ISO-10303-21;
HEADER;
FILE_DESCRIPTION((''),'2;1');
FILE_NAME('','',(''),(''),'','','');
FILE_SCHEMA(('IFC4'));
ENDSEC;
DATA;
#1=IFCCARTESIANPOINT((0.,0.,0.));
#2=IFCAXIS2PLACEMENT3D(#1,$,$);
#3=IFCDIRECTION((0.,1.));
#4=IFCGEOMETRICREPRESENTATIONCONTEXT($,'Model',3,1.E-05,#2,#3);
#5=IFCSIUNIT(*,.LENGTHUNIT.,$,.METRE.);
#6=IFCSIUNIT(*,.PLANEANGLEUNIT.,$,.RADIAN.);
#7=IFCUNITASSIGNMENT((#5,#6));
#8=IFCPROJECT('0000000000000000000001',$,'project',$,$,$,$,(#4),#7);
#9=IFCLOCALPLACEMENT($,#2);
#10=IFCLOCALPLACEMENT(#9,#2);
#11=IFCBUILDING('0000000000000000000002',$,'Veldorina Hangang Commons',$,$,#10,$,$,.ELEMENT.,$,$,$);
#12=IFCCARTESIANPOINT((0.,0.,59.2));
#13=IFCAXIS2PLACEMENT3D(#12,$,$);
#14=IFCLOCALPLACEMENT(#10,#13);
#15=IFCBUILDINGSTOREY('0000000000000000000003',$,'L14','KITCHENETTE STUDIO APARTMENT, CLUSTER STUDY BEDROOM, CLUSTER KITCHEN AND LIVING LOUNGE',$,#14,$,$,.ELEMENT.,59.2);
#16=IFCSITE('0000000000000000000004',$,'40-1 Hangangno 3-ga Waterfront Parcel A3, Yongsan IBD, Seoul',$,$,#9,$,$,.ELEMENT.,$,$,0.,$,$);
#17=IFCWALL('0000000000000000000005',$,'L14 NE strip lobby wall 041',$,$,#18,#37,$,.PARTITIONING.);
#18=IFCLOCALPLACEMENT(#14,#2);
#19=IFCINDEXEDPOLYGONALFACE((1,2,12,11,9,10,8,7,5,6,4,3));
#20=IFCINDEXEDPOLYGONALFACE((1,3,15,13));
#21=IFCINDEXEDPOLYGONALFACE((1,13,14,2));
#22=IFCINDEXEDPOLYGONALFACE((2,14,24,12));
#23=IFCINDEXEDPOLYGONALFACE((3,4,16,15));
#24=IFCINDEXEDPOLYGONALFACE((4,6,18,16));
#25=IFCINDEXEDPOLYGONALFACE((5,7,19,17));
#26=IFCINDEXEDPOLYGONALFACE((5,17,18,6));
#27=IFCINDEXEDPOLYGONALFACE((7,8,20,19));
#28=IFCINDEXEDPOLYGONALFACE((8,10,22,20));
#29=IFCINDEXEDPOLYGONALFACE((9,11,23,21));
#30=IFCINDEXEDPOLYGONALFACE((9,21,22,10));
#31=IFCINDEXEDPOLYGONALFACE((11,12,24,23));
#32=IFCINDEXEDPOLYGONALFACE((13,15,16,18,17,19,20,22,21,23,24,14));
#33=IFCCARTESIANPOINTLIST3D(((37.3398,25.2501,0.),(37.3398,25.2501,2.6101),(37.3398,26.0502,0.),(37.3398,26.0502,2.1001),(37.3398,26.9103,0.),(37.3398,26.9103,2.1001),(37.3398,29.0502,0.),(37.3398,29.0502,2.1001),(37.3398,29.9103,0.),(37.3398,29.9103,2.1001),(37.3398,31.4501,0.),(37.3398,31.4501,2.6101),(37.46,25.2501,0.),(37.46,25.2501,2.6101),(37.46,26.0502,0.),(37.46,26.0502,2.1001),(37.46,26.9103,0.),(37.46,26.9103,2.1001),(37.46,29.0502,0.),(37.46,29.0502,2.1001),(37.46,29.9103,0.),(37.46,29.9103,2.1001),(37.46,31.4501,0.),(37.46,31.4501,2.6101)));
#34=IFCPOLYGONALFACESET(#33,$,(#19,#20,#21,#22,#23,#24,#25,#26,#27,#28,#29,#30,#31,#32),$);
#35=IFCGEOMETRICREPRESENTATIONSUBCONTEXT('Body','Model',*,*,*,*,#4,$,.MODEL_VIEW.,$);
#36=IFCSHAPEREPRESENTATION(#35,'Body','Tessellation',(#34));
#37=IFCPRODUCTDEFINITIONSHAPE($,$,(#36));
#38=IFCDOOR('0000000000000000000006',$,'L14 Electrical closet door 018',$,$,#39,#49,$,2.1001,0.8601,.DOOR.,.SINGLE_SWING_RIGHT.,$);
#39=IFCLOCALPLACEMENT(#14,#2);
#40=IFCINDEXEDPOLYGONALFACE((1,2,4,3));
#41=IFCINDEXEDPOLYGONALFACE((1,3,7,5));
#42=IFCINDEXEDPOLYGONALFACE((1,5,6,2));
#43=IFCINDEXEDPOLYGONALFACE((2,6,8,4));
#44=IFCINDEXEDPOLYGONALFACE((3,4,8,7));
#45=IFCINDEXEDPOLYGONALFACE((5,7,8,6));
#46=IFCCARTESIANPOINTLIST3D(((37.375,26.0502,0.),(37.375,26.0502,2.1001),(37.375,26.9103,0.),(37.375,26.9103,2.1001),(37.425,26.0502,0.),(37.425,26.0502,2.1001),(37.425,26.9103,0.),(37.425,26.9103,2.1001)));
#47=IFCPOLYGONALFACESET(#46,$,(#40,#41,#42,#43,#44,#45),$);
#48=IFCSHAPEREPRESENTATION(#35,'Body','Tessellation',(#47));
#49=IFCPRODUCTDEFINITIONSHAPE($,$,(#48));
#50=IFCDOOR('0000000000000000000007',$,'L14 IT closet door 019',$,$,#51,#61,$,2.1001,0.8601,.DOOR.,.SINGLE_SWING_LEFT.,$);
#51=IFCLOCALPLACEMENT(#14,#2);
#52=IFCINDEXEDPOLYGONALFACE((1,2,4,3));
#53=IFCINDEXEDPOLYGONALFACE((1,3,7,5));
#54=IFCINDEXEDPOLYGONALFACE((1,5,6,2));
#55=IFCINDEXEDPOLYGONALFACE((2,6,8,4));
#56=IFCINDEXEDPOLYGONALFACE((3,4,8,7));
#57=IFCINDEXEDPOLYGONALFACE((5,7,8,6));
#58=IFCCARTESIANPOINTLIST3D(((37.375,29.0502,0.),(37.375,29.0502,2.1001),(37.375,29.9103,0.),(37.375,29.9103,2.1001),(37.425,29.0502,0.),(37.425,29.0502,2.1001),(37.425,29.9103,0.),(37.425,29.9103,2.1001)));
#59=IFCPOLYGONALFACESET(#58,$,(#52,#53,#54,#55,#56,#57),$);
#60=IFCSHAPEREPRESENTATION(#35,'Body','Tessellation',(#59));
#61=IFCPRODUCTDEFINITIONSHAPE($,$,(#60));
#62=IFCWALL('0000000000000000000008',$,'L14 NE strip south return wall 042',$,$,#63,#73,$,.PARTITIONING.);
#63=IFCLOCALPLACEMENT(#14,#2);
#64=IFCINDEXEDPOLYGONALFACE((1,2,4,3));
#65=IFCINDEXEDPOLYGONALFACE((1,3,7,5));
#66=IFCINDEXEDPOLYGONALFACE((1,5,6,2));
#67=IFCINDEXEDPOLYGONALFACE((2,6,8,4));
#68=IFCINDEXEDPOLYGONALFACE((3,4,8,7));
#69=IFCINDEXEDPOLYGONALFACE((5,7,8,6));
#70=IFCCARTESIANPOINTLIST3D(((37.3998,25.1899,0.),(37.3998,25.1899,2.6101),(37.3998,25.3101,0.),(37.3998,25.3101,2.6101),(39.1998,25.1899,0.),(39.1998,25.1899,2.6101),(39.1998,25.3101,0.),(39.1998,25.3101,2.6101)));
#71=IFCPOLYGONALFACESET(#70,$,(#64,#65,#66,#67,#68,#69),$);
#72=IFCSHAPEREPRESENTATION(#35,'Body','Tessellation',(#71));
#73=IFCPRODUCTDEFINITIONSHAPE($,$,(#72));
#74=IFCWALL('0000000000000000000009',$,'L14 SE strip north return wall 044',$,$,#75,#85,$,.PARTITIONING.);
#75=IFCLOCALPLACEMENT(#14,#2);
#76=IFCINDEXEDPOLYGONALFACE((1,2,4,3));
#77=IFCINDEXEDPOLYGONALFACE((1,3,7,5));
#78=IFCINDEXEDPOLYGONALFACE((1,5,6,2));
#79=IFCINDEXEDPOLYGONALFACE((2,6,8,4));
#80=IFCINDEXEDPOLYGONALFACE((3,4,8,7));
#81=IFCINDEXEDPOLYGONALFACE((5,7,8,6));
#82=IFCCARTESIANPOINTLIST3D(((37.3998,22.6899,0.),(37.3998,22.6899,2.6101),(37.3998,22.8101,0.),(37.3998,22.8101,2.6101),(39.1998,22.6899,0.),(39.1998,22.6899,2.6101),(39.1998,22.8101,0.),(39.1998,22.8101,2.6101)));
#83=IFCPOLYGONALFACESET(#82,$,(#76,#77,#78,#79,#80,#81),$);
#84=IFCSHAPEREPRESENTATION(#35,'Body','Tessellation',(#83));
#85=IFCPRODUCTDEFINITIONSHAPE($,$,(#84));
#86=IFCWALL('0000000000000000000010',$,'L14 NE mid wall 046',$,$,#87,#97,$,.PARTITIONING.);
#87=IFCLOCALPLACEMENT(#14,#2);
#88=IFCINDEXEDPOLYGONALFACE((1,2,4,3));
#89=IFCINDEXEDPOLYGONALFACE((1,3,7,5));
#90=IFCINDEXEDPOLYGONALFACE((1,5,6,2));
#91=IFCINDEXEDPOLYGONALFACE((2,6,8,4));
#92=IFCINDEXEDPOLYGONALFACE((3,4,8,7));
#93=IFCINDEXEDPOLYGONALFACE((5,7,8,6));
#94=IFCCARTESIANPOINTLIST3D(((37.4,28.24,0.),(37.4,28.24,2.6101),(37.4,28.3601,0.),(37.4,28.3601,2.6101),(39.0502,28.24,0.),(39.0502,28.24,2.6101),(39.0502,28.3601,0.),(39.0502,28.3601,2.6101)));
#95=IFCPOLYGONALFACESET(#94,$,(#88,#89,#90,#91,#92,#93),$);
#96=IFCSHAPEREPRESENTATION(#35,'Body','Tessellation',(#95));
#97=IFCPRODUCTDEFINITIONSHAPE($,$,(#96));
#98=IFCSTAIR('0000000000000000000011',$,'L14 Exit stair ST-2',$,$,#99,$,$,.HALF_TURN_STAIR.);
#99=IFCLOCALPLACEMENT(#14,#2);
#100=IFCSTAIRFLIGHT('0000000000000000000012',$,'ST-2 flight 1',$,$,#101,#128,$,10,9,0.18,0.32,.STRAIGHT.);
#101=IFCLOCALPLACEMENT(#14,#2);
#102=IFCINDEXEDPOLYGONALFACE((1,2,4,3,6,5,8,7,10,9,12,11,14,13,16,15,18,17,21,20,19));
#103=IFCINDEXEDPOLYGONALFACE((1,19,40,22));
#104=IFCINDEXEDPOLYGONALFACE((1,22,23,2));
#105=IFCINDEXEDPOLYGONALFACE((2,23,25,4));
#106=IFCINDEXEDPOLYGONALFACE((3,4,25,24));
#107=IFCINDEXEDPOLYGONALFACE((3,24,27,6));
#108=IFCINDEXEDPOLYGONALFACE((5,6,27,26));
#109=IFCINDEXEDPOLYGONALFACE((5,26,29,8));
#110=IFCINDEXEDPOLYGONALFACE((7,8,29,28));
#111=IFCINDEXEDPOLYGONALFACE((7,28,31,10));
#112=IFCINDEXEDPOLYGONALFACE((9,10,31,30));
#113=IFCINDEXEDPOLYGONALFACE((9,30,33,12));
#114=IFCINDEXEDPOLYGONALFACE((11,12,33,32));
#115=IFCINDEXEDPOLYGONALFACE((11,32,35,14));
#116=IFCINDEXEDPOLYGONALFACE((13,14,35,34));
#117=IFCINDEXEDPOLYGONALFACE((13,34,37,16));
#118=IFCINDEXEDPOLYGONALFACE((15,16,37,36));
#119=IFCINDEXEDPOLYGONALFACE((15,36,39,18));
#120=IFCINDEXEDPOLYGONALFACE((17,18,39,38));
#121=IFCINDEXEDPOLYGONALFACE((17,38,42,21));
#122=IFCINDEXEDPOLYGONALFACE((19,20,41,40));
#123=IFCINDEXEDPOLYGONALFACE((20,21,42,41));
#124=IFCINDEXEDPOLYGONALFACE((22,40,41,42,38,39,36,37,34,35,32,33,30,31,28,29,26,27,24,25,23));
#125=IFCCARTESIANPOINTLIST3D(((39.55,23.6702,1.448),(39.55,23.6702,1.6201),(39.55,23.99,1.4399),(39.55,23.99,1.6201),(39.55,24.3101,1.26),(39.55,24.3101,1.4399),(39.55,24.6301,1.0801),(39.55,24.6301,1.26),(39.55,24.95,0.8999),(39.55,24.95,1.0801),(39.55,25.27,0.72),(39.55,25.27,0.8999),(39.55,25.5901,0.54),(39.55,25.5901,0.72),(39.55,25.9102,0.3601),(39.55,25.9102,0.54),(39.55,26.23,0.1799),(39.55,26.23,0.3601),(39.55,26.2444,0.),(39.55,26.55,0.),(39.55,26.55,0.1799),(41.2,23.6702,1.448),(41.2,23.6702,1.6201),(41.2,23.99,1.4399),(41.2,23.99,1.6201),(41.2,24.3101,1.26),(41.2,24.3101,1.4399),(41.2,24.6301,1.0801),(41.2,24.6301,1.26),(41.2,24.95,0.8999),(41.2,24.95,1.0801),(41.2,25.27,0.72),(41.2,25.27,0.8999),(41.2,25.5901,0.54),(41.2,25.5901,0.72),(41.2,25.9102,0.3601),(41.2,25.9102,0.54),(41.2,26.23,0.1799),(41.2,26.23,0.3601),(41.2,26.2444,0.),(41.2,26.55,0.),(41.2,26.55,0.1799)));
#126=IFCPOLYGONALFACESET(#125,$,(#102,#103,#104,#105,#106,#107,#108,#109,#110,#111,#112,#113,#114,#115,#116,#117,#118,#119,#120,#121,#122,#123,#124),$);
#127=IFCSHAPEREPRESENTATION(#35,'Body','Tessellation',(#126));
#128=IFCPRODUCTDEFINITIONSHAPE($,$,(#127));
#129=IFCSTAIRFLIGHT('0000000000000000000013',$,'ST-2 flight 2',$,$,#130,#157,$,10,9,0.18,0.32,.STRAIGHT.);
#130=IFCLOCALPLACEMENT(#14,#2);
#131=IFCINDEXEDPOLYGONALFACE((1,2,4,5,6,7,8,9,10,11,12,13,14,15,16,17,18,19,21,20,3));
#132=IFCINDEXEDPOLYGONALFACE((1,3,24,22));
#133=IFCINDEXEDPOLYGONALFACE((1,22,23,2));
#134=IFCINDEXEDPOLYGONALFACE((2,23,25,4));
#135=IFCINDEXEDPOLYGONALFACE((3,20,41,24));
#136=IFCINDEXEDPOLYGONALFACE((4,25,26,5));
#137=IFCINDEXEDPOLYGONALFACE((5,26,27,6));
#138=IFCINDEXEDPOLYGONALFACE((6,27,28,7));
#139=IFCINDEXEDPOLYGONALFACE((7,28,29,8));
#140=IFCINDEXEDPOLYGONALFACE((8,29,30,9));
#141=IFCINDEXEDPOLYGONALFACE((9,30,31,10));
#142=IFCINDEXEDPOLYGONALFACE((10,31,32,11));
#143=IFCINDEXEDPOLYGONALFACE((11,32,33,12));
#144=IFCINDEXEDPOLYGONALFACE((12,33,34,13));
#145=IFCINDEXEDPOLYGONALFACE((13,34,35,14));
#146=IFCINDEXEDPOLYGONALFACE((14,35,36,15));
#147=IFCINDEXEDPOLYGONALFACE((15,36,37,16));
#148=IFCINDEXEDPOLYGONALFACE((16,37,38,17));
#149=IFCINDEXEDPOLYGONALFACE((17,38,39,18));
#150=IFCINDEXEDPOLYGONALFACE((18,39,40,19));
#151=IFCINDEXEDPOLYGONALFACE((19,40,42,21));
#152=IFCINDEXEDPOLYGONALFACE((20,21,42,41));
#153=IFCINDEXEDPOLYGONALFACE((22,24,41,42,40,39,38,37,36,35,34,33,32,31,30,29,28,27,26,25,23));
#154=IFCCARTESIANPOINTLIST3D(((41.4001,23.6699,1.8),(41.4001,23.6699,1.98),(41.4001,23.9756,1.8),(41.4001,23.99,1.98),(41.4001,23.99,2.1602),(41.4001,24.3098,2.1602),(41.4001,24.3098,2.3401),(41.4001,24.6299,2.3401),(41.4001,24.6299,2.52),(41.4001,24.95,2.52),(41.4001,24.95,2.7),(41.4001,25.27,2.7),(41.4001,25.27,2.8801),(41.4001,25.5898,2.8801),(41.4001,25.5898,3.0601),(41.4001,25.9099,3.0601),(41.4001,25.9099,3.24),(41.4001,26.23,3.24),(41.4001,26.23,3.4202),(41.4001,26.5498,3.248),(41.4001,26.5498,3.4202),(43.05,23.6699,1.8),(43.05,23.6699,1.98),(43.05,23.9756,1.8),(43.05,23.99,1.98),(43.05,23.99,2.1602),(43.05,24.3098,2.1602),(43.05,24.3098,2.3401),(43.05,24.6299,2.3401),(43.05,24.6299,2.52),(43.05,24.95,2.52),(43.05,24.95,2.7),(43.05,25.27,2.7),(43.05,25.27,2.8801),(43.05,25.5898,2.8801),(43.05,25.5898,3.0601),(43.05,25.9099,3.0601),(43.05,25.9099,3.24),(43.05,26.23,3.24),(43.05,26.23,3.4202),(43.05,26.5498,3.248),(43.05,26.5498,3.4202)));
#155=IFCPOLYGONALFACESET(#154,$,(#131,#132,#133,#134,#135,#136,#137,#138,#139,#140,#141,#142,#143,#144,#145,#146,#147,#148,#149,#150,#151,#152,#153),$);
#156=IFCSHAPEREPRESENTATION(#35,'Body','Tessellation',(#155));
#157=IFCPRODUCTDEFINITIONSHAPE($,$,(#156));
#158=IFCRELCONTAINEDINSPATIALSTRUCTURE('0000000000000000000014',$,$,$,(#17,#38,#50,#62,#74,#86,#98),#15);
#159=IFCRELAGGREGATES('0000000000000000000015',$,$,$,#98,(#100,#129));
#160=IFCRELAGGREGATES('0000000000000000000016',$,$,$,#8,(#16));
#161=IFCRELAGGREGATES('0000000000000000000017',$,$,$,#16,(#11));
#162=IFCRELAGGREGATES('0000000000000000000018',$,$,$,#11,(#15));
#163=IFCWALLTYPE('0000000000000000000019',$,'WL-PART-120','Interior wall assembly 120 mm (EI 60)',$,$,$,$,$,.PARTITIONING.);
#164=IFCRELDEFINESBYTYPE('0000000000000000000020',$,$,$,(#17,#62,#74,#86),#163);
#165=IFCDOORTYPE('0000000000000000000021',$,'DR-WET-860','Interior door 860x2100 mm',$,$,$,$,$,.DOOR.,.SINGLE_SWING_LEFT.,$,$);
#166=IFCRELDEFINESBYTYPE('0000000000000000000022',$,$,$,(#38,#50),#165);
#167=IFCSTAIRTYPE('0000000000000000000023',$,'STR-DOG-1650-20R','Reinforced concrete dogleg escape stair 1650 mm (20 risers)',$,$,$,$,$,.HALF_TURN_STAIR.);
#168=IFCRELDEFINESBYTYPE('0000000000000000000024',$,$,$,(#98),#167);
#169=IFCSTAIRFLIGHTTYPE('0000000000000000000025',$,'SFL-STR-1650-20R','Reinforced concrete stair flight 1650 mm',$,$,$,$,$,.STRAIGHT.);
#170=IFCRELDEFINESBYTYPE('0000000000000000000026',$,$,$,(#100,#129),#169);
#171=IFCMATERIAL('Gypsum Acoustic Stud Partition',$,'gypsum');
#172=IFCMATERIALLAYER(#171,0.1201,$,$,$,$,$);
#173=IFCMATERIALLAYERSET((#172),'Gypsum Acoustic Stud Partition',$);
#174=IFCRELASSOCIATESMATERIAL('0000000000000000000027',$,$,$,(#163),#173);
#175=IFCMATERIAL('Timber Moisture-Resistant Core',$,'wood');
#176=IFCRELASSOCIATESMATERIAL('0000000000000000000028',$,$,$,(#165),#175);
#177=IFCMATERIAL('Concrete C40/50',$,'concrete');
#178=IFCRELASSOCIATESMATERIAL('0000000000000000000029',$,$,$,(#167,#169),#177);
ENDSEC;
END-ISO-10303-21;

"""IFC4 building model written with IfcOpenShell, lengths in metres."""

from ifc_helpers import new_model, si_unit, direction, frame, frame_2d, origin, place, context, subcontext, project, spatial, polyline, rectangle, outline, extrude, material, layer, layer_set, type_object, element, fill, aggregate, save


model = new_model("IFC4")

# Units and contexts
model_context = context("Model", 3, precision=1e-05, world=origin(), true_north=direction((0.0, 1.0)))
body_context = subcontext(model_context, "Body", "Model", "MODEL_VIEW")
ifc_project = project(units=[si_unit("LENGTHUNIT", "METRE"), si_unit("PLANEANGLEUNIT", "RADIAN")], contexts=[model_context])

# Site, building, storey
site_placement = place(None, origin())
site = spatial("IfcSite", under=ifc_project, at=site_placement, Name="40-1 Hangangno 3-ga Waterfront Parcel A3, Yongsan IBD, Seoul", CompositionType="ELEMENT", RefElevation=0.0)
building_placement = place(site_placement, origin())
building = spatial("IfcBuilding", under=site, at=building_placement, Name="Veldorina Hangang Commons", CompositionType="ELEMENT")
storey_placement = place(building_placement, frame((0.0, 0.0, 59.2)))
storey = spatial("IfcBuildingStorey", under=building, at=storey_placement, Name="L14", Description="KITCHENETTE STUDIO APARTMENT, CLUSTER STUDY BEDROOM, CLUSTER KITCHEN AND LIVING LOUNGE", CompositionType="ELEMENT", Elevation=59.2)

# Wall, openings, doors
ifc_material_1 = material(Name="Gypsum Acoustic Stud Partition", Category="gypsum")
ifc_layer_1 = layer(ifc_material_1, 0.1201)
ifc_layer_set_1 = layer_set([ifc_layer_1], Name="Gypsum Acoustic Stud Partition")
wall_type_1 = type_object("IfcWallType", Name="WL-PART-120", Description="Interior wall assembly 120 mm (EI 60)", PredefinedType="PARTITIONING", material=ifc_layer_set_1)
wall_1_placement = place(storey_placement, frame((37.3999, 25.25, 0.0), z_axis=(0.0, 0.0, 1.0), x_axis=(0.0, 1.0, 0.0)))
wall_1 = element("IfcWall", 1, at=wall_1_placement, inside=storey, type_object=wall_type_1, Name="L14 NE strip lobby wall 041", PredefinedType="PARTITIONING", context=body_context, shape_type="SweptSolid", body=[
    extrude(rectangle(XDim=6.2, YDim=0.1201, at=frame_2d((3.1001, 0.0))), origin(), (0.0, 0.0, 1.0), 2.6101),
])
opening_1_placement = place(wall_1_placement, frame((0.8, 0.0, 0.0)))
opening_1 = element("IfcOpeningElement", 2, at=opening_1_placement, cuts=wall_1, PredefinedType="OPENING", context=body_context, shape_type="SweptSolid", body=[
    extrude(rectangle(XDim=0.8601, YDim=2.1001, at=frame_2d((0.4302, 1.05))), frame((0.0, 0.0701, 0.0), z_axis=(0.0, -1.0, 0.0), x_axis=(1.0, 0.0, 0.0)), (0.0, 0.0, 1.0), 0.1401),
])
opening_2_placement = place(wall_1_placement, frame((3.8, 0.0, 0.0)))
opening_2 = element("IfcOpeningElement", 3, at=opening_2_placement, cuts=wall_1, PredefinedType="OPENING", context=body_context, shape_type="SweptSolid", body=[
    extrude(rectangle(XDim=0.8601, YDim=2.1001, at=frame_2d((0.4302, 1.05))), frame((0.0, 0.0701, 0.0), z_axis=(0.0, -1.0, 0.0), x_axis=(1.0, 0.0, 0.0)), (0.0, 0.0, 1.0), 0.1401),
])
ifc_material_2 = material(Name="Timber Moisture-Resistant Core", Category="wood")
door_type_1 = type_object("IfcDoorType", Name="DR-WET-860", Description="Interior door 860x2100 mm", OperationType="SINGLE_SWING_LEFT", PredefinedType="DOOR", material=ifc_material_2)
door_1_placement = place(opening_1_placement, origin())
door_1 = element("IfcDoor", 4, at=door_1_placement, inside=storey, type_object=door_type_1, Name="L14 Electrical closet door 018", OperationType="SINGLE_SWING_RIGHT", OverallHeight=2.1001, OverallWidth=0.8601, PredefinedType="DOOR", context=body_context, shape_type="SweptSolid", body=[
    extrude(rectangle(XDim=0.8601, YDim=2.1001, at=frame_2d((0.4302, 1.05))), frame((0.0, 0.0249, 0.0), z_axis=(0.0, -1.0, 0.0), x_axis=(1.0, 0.0, 0.0)), (0.0, 0.0, 1.0), 0.05),
])
fill(opening_1, door_1)
door_2_placement = place(opening_2_placement, origin())
door_2 = element("IfcDoor", 5, at=door_2_placement, inside=storey, type_object=door_type_1, Name="L14 IT closet door 019", OperationType="SINGLE_SWING_LEFT", OverallHeight=2.1001, OverallWidth=0.8601, PredefinedType="DOOR", context=body_context, shape_type="SweptSolid", body=[
    extrude(rectangle(XDim=0.8601, YDim=2.1001, at=frame_2d((0.4302, 1.05))), frame((0.0, 0.0249, 0.0), z_axis=(0.0, -1.0, 0.0), x_axis=(1.0, 0.0, 0.0)), (0.0, 0.0, 1.0), 0.05),
])
fill(opening_2, door_2)

# Walls
for number, where, z_axis, x_axis, name in (
    (6, (37.3999, 25.25, 0.0), (0.0, 0.0, 1.0), (1.0, 0.0, 0.0), "L14 NE strip south return wall 042"),
    (7, (37.3999, 22.75, 0.0), (0.0, 0.0, 1.0), (1.0, 0.0, 0.0), "L14 SE strip north return wall 044"),
):
    element("IfcWall", number, at=place(storey_placement, frame(where, z_axis=z_axis, x_axis=x_axis)), inside=storey, type_object=wall_type_1, Name=name, PredefinedType="PARTITIONING", context=body_context, shape_type="SweptSolid", body=[
        extrude(rectangle(XDim=1.8, YDim=0.1201, at=frame_2d((0.8999, 0.0))), origin(), (0.0, 0.0, 1.0), 2.6101),
    ])
wall_2_placement = place(storey_placement, frame((37.3999, 28.3, 0.0), z_axis=(0.0, 0.0, 1.0), x_axis=(1.0, 0.0, 0.0)))
element("IfcWall", 8, at=wall_2_placement, inside=storey, type_object=wall_type_1, Name="L14 NE mid wall 046", PredefinedType="PARTITIONING", context=body_context, shape_type="SweptSolid", body=[
    extrude(rectangle(XDim=1.6501, YDim=0.1201, at=frame_2d((0.8252, 0.0))), origin(), (0.0, 0.0, 1.0), 2.6101),
])

# Stair, stair flights
ifc_material_3 = material(Name="Concrete C40/50", Category="concrete")
stair_type = type_object("IfcStairType", Name="STR-DOG-1650-20R", Description="Reinforced concrete dogleg escape stair 1650 mm (20 risers)", PredefinedType="HALF_TURN_STAIR", material=ifc_material_3)
stair_placement = place(storey_placement, origin())
stair = element("IfcStair", 9, at=stair_placement, inside=storey, type_object=stair_type, Name="L14 Exit stair ST-2", PredefinedType="HALF_TURN_STAIR")
stair_flight_type = type_object("IfcStairFlightType", Name="SFL-STR-1650-20R", Description="Reinforced concrete stair flight 1650 mm", PredefinedType="STRAIGHT", material=ifc_material_3)
stair_flight_1_placement = place(storey_placement, frame((40.375, 26.55, 0.0), z_axis=(0.0, 0.0, 1.0), x_axis=(0.0, -1.0, 0.0)))
stair_flight_1 = element("IfcStairFlight", 10, at=stair_flight_1_placement, type_object=stair_flight_type, Name="ST-2 flight 1", NumberOfRisers=10, NumberOfTreads=9, PredefinedType="STRAIGHT", RiserHeight=0.18, TreadLength=0.32, context=body_context, shape_type="SweptSolid", body=[
    extrude(outline(polyline([(0.0, 0.0), (0.0, 0.1799), (0.3201, 0.1799), (0.3201, 0.3601), (0.6399, 0.3601), (0.6399, 0.54), (0.96, 0.54), (0.96, 0.72), (1.28, 0.72), (1.28, 0.8999), (1.6001, 0.8999), (1.6001, 1.0801), (1.9199, 1.0801), (1.9199, 1.26), (2.24, 1.26), (2.24, 1.4399), (2.5601, 1.4399), (2.5601, 1.6201), (2.8799, 1.6201), (2.8799, 1.8), (2.8799, 1.448), (0.3057, 0.0), (0.0, 0.0)])), frame((0.0, 0.825, 0.0), z_axis=(0.0, -1.0, 0.0), x_axis=(1.0, 0.0, 0.0)), (0.0, 0.0, 1.0), 1.6499),
])
stair_flight_2_placement = place(storey_placement, frame((42.2251, 23.6699, 1.8), z_axis=(0.0, 0.0, 1.0), x_axis=(0.0, 1.0, 0.0)))
stair_flight_2 = element("IfcStairFlight", 11, at=stair_flight_2_placement, type_object=stair_flight_type, Name="ST-2 flight 2", NumberOfRisers=10, NumberOfTreads=9, PredefinedType="STRAIGHT", RiserHeight=0.18, TreadLength=0.32, context=body_context, shape_type="SweptSolid", body=[
    extrude(outline(polyline([(0.0, 0.0), (0.0, 0.1799), (0.3201, 0.1799), (0.3201, 0.3601), (0.6399, 0.3601), (0.6399, 0.54), (0.96, 0.54), (0.96, 0.72), (1.28, 0.72), (1.28, 0.8999), (1.6001, 0.8999), (1.6001, 1.0801), (1.9199, 1.0801), (1.9199, 1.26), (2.24, 1.26), (2.24, 1.4399), (2.5601, 1.4399), (2.5601, 1.6201), (2.8799, 1.6201), (2.8799, 1.8), (2.8799, 1.448), (0.3057, 0.0), (0.0, 0.0)])), frame((0.0, 0.825, 0.0), z_axis=(0.0, -1.0, 0.0), x_axis=(1.0, 0.0, 0.0)), (0.0, 0.0, 1.0), 1.6499),
])
aggregate(stair, [stair_flight_1, stair_flight_2])

save(model, "model.ifc")
